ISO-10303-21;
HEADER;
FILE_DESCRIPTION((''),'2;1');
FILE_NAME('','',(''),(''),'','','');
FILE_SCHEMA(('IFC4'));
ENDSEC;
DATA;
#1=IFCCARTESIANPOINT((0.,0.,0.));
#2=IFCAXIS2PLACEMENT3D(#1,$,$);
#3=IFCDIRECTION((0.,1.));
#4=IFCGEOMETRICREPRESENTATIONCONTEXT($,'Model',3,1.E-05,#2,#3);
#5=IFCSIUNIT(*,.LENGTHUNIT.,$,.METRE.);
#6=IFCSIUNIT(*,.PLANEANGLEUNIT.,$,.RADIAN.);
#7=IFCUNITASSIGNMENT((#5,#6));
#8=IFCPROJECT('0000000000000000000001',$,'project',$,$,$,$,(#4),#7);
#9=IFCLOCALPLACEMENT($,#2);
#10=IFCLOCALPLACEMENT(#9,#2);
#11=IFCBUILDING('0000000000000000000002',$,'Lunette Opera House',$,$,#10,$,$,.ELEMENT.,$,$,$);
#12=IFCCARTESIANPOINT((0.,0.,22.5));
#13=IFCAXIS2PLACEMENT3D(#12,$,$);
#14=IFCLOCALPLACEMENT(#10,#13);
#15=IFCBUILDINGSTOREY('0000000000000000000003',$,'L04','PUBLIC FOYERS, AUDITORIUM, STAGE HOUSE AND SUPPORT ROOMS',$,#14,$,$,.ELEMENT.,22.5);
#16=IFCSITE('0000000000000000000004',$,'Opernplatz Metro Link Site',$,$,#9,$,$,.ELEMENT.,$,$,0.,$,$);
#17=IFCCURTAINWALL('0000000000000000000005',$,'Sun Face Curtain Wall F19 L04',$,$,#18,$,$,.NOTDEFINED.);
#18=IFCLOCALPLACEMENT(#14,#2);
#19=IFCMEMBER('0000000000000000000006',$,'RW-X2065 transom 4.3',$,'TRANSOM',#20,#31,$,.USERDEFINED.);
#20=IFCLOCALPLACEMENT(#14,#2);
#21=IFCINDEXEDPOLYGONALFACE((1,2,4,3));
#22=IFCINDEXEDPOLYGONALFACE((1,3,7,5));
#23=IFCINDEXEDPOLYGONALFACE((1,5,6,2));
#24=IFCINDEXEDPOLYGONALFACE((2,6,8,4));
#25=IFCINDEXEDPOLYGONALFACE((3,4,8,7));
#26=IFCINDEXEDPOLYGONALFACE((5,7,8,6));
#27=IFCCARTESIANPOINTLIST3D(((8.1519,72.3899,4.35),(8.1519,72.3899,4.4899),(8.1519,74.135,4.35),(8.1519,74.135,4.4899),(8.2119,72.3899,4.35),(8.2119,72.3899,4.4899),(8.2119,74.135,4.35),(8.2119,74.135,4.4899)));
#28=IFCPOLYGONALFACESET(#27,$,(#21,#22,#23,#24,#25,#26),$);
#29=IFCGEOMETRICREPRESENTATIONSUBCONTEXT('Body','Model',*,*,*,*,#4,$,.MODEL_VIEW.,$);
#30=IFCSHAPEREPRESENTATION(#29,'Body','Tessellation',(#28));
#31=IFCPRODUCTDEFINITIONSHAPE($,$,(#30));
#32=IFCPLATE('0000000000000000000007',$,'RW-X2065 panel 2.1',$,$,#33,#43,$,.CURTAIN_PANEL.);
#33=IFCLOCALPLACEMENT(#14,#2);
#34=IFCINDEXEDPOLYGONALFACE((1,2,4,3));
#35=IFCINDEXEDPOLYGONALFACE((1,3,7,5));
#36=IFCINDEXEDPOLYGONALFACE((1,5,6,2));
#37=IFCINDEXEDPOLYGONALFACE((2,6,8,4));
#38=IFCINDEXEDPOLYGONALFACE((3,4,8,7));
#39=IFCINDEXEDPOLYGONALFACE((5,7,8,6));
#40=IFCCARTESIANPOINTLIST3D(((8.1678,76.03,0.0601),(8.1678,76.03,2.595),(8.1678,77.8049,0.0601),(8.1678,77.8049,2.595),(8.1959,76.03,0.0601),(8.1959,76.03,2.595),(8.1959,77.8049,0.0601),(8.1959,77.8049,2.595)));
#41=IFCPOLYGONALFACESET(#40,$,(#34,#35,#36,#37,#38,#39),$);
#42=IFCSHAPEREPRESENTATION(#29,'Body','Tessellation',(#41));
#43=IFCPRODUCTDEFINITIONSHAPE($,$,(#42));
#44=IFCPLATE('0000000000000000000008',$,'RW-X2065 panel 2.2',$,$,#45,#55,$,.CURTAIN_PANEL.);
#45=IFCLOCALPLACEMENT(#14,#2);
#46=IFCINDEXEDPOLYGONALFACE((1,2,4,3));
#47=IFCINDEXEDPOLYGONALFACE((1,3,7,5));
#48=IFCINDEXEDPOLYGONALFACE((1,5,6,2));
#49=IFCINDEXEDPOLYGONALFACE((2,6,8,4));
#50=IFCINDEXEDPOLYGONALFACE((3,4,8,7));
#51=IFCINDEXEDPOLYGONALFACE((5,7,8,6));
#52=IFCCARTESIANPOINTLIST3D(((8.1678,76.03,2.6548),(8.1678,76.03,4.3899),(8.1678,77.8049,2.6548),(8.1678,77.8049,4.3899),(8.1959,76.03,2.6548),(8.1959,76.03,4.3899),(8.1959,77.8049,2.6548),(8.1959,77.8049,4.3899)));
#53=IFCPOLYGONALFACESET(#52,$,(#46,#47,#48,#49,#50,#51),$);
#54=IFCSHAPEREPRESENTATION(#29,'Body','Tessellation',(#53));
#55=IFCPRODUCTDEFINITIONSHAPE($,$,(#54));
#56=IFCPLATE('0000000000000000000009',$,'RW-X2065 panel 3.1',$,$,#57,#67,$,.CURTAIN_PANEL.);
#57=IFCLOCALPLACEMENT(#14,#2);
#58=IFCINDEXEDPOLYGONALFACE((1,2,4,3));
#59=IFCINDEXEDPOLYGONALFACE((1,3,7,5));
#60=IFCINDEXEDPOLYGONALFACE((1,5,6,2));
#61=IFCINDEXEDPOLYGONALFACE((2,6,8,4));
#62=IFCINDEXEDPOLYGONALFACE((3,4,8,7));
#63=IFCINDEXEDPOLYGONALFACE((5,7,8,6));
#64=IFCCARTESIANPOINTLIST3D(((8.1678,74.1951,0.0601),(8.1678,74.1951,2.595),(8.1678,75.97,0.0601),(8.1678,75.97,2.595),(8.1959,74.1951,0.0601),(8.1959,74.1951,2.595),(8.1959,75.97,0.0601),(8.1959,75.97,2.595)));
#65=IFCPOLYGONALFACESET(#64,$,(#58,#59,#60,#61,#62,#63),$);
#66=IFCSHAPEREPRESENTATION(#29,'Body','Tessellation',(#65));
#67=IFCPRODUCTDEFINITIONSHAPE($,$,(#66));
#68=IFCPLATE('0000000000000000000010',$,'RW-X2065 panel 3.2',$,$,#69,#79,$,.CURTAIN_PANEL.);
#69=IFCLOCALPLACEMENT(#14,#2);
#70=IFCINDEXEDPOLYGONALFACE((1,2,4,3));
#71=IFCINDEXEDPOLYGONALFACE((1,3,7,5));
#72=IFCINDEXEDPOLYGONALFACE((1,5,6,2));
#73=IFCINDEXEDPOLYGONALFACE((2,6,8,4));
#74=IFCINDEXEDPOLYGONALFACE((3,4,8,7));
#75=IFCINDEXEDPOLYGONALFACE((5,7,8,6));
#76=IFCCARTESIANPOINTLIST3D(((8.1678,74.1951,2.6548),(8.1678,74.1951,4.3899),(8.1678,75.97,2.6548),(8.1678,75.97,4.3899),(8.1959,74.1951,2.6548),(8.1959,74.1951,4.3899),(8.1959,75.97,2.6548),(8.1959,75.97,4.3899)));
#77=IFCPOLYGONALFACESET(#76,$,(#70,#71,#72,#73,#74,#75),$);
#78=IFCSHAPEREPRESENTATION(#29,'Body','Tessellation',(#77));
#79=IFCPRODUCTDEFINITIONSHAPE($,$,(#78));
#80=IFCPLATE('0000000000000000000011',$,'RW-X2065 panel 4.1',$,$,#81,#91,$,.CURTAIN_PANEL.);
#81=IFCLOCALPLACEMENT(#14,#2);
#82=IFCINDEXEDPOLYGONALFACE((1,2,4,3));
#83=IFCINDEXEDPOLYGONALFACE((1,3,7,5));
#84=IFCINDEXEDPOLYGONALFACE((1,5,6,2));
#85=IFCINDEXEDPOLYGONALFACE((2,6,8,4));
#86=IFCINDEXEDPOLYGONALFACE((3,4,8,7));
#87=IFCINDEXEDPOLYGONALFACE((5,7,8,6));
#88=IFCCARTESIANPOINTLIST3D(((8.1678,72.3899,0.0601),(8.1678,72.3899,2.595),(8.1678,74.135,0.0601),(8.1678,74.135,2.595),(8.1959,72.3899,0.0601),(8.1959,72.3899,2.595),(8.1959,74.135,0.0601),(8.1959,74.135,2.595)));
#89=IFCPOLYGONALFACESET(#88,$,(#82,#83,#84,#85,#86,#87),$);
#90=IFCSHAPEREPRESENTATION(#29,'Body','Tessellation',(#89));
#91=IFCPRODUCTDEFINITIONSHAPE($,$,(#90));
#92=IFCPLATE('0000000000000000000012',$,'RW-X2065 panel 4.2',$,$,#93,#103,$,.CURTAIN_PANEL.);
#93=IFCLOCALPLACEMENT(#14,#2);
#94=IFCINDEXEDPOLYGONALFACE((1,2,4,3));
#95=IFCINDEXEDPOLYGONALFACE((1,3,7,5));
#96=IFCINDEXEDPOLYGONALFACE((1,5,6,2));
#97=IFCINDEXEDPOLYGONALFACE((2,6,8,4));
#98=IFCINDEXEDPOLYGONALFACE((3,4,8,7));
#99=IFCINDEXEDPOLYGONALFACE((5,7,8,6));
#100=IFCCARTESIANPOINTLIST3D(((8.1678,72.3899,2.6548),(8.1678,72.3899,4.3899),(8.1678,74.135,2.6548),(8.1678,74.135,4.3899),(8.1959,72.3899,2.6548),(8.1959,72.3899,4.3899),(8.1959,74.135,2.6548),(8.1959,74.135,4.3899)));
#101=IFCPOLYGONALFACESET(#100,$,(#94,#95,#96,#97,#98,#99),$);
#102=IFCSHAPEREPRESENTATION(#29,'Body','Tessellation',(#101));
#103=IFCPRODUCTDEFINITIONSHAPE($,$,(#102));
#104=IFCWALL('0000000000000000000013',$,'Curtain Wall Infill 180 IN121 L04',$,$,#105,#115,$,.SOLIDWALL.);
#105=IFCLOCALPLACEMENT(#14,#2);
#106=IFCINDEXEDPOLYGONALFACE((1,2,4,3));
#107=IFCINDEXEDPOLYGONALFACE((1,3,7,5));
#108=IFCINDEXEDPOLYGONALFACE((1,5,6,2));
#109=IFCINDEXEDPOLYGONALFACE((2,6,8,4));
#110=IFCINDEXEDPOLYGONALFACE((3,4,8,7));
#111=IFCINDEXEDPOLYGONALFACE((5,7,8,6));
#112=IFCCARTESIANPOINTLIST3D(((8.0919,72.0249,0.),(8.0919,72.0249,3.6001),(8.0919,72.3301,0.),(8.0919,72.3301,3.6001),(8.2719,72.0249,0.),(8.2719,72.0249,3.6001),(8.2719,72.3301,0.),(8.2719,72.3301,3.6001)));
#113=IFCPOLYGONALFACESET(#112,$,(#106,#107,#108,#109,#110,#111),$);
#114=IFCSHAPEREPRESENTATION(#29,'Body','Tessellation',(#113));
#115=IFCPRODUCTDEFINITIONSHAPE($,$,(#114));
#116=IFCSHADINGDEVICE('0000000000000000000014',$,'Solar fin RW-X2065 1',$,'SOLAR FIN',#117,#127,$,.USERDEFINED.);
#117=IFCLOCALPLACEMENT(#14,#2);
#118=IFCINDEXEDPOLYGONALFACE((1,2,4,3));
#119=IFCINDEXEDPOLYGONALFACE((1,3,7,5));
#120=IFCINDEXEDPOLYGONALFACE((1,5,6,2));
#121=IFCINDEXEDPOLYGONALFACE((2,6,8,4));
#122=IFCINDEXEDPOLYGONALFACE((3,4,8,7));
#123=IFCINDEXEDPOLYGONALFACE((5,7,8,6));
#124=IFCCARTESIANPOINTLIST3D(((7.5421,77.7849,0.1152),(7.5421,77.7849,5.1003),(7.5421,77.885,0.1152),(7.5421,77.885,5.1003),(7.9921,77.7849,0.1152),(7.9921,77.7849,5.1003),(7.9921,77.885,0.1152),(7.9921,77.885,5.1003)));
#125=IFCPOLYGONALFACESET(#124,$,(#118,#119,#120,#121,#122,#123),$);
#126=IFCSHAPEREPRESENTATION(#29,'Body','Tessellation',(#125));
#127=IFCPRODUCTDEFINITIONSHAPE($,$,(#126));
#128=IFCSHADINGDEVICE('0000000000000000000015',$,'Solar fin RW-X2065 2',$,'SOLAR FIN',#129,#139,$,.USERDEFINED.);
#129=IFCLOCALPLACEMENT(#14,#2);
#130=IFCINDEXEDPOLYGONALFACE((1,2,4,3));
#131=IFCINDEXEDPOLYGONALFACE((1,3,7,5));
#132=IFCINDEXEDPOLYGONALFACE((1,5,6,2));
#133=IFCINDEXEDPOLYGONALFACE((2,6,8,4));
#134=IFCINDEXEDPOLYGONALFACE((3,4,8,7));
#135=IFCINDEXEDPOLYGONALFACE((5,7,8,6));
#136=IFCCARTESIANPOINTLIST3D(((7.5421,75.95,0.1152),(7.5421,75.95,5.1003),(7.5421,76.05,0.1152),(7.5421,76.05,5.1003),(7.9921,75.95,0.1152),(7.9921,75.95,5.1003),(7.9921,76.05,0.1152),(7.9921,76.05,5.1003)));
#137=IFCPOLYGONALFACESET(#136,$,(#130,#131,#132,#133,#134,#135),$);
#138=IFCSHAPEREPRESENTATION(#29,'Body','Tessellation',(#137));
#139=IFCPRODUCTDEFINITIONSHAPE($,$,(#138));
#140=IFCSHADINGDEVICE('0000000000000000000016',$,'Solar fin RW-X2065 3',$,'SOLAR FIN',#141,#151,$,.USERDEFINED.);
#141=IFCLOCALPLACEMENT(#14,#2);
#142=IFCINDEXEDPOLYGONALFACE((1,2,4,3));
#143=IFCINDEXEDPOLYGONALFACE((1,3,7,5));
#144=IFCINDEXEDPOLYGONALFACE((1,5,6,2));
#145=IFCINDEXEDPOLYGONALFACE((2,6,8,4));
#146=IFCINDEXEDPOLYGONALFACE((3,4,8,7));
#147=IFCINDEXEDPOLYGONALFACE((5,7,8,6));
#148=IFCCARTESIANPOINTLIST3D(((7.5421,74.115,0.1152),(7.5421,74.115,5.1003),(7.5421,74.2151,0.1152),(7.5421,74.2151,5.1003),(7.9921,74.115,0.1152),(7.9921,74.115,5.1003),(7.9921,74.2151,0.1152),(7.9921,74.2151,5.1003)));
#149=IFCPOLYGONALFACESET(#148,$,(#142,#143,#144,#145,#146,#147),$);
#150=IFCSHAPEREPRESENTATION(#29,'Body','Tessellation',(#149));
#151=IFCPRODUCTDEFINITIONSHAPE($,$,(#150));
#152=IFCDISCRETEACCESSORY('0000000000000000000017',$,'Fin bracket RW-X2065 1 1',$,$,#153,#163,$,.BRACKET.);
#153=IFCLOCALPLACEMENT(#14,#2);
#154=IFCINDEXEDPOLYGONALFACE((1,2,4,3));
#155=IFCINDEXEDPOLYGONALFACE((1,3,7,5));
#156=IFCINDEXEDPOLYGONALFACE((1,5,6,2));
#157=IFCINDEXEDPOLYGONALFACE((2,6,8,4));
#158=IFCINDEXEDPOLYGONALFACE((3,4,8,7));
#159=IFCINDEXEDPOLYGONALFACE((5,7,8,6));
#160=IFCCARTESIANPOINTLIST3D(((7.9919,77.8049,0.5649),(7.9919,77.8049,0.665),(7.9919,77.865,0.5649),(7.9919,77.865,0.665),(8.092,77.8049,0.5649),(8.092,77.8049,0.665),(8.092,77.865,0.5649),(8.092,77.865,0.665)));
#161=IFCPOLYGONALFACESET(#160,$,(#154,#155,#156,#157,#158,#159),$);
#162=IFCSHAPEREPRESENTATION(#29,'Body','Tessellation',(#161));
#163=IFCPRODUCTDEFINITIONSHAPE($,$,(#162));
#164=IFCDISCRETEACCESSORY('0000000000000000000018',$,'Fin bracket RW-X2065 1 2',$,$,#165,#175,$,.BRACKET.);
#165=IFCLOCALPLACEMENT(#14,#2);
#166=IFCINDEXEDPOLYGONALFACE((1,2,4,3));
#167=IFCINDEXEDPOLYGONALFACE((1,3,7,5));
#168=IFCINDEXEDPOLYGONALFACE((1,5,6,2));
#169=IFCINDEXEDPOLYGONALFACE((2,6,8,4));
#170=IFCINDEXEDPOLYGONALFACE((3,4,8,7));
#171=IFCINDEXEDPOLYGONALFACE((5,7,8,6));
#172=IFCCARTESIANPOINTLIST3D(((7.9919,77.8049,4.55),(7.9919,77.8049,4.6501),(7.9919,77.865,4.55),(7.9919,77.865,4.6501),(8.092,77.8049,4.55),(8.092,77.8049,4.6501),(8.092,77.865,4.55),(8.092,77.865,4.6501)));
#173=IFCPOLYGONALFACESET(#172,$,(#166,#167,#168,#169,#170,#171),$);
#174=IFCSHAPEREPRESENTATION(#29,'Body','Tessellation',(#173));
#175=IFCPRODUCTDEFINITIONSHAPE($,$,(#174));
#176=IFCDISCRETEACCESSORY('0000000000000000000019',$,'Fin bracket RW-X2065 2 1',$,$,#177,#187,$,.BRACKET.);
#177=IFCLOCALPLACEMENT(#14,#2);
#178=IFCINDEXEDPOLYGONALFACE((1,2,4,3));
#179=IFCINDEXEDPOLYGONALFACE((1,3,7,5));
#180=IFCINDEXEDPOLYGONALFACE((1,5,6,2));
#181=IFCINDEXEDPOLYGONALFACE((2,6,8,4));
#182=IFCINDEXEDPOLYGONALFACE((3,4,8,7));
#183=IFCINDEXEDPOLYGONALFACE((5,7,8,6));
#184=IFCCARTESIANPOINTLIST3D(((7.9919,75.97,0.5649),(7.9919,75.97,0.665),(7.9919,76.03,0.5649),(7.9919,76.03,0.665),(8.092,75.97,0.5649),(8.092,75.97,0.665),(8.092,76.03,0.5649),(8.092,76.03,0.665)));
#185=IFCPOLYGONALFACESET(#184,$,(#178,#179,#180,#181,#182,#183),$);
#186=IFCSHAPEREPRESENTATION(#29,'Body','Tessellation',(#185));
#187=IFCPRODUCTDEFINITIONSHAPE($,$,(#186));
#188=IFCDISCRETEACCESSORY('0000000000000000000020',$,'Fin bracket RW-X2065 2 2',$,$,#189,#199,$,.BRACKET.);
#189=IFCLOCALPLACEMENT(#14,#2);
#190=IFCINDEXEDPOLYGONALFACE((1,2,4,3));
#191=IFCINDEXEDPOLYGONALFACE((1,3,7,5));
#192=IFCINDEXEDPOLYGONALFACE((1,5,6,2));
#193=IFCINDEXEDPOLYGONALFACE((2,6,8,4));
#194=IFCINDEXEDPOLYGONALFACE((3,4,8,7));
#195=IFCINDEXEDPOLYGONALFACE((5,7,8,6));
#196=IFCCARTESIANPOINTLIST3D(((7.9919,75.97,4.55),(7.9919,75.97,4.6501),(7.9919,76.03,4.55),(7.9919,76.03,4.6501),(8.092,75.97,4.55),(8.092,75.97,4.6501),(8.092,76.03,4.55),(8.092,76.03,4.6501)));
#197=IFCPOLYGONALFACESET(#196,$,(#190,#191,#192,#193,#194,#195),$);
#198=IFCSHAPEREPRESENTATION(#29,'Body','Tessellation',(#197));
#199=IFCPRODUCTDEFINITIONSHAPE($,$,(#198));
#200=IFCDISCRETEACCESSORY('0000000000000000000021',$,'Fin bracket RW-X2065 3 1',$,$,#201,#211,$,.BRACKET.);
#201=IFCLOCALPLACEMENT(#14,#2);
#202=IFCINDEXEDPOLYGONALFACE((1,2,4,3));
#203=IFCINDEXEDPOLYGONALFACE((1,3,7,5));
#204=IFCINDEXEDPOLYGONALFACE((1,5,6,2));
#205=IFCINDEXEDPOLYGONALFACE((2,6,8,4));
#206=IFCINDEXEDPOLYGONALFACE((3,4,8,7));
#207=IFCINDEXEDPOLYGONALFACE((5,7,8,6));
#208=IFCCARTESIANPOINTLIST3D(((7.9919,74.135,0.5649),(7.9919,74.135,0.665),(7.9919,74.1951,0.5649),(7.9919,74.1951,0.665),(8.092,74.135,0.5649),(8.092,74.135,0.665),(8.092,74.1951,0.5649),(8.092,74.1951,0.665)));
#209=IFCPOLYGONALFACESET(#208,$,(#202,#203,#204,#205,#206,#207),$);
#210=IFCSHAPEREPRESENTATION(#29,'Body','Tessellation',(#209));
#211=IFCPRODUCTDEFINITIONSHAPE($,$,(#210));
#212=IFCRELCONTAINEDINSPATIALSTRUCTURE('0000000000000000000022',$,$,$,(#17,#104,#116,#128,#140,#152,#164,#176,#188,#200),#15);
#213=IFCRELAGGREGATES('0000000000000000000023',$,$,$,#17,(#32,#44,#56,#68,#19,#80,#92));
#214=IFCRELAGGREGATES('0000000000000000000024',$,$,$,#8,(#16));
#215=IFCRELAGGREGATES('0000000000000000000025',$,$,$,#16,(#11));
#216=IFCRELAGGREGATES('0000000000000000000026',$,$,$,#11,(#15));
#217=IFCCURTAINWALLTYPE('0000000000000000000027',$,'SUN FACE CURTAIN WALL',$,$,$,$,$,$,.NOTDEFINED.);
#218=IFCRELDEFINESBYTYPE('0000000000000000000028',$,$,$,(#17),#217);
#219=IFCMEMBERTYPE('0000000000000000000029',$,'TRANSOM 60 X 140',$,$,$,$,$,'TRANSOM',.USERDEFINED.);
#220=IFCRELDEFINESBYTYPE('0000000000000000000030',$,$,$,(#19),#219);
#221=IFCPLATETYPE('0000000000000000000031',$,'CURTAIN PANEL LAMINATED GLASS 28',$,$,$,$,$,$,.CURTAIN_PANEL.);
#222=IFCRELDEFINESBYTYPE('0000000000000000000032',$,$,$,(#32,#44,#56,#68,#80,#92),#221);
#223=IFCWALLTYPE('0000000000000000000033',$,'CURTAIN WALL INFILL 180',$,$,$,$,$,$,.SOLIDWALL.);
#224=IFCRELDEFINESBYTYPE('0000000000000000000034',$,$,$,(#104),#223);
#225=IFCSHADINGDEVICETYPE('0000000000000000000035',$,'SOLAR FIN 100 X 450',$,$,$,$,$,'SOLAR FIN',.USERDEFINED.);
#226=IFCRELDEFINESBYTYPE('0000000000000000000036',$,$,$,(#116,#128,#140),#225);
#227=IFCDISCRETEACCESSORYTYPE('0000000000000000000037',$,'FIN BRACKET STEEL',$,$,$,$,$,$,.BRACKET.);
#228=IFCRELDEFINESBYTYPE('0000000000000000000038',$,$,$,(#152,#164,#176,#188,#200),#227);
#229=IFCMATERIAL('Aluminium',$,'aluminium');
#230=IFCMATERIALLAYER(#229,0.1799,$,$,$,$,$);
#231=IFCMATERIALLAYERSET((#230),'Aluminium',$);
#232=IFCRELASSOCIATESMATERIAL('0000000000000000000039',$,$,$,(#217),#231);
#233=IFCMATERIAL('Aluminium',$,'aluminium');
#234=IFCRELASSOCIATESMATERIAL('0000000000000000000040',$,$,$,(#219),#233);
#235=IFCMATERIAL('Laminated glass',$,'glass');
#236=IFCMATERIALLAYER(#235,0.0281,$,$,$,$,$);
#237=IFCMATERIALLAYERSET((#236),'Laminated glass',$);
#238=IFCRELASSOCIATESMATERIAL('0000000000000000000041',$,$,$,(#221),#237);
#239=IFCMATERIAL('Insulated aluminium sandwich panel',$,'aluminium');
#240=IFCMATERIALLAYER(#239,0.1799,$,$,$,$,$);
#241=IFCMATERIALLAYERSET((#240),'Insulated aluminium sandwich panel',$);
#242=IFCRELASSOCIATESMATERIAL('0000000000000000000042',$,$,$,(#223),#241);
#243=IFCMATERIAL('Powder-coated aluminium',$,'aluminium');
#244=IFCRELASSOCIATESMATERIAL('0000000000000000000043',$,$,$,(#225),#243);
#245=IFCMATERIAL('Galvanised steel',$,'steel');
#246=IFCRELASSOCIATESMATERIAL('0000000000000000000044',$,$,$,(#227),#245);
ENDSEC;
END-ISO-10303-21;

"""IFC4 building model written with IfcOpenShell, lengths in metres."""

from ifc_helpers import new_model, si_unit, direction, frame, frame_2d, origin, origin_2d, place, context, subcontext, project, spatial, rectangle, extrude, material, layer, layer_set, material_profile, profile_set, type_object, element, aggregate, save


model = new_model("IFC4")

# Units and contexts
model_context = context("Model", 3, precision=1e-05, world=origin(), true_north=direction((0.0, 1.0)))
body_context = subcontext(model_context, "Body", "Model", "MODEL_VIEW")
ifc_project = project(units=[si_unit("LENGTHUNIT", "METRE"), si_unit("PLANEANGLEUNIT", "RADIAN")], contexts=[model_context])

# Site, building, storey
site_placement = place(None, origin())
site = spatial("IfcSite", under=ifc_project, at=site_placement, Name="Opernplatz Metro Link Site", CompositionType="ELEMENT", RefElevation=0.0)
building_placement = place(site_placement, origin())
building = spatial("IfcBuilding", under=site, at=building_placement, Name="Lunette Opera House", CompositionType="ELEMENT")
storey_placement = place(building_placement, frame((0.0, 0.0, 22.5)))
storey = spatial("IfcBuildingStorey", under=building, at=storey_placement, Name="L04", Description="PUBLIC FOYERS, AUDITORIUM, STAGE HOUSE AND SUPPORT ROOMS", CompositionType="ELEMENT", Elevation=22.5)

# Curtain wall
ifc_material_1 = material(Name="Aluminium", Category="aluminium")
ifc_layer_1 = layer(ifc_material_1, 0.1799)
ifc_layer_set_1 = layer_set([ifc_layer_1], Name="Aluminium")
curtain_wall_type = type_object("IfcCurtainWallType", Name="SUN FACE CURTAIN WALL", PredefinedType="NOTDEFINED", material=ifc_layer_set_1)
curtain_wall_placement = place(storey_placement, origin())
curtain_wall = element("IfcCurtainWall", 1, at=curtain_wall_placement, inside=storey, type_object=curtain_wall_type, Name="Sun Face Curtain Wall F19 L04", PredefinedType="NOTDEFINED")

# Member
ifc_material_2 = material(Name="Aluminium", Category="aluminium")
ifc_material_profile_1 = material_profile(ifc_material_2, rectangle(XDim=0.0601, YDim=0.1399, at=origin_2d()), Name="TRANSOM 60 X 140")
ifc_profile_set_1 = profile_set([ifc_material_profile_1], Name="Aluminium")
member_type_1 = type_object("IfcMemberType", Name="TRANSOM 60 X 140", ElementType="TRANSOM", PredefinedType="USERDEFINED", material=ifc_profile_set_1)
member_1_placement = place(storey_placement, frame((8.1819, 74.135, 4.4199), z_axis=(0.0, -1.0, 0.0), x_axis=(1.0, 0.0, 0.0)))
member_1 = element("IfcMember", 2, at=member_1_placement, type_object=member_type_1, Name="RW-X2065 transom 4.3", ObjectType="TRANSOM", PredefinedType="USERDEFINED", context=body_context, shape_type="SweptSolid", body=[
    extrude(rectangle(XDim=0.0601, YDim=0.1399, at=origin_2d()), origin(), (0.0, 0.0, 1.0), 1.7451),
])

# Plates
ifc_material_3 = material(Name="Laminated glass", Category="glass")
ifc_layer_2 = layer(ifc_material_3, 0.0281)
ifc_layer_set_2 = layer_set([ifc_layer_2], Name="Laminated glass")
plate_type = type_object("IfcPlateType", Name="CURTAIN PANEL LAMINATED GLASS 28", PredefinedType="CURTAIN_PANEL", material=ifc_layer_set_2)
plate_1_placement = place(storey_placement, frame((8.1819, 76.9175, 0.0601), z_axis=(0.0, 0.0, 1.0), x_axis=(0.0, -1.0, 0.0)))
plate_1 = element("IfcPlate", 3, at=plate_1_placement, type_object=plate_type, Name="RW-X2065 panel 2.1", PredefinedType="CURTAIN_PANEL", context=body_context, shape_type="SweptSolid", body=[
    extrude(rectangle(XDim=1.7749, YDim=0.0281, at=origin_2d()), origin(), (0.0, 0.0, 1.0), 2.5349),
])
plate_2_placement = place(storey_placement, frame((8.1819, 76.9175, 2.6548), z_axis=(0.0, 0.0, 1.0), x_axis=(0.0, -1.0, 0.0)))
plate_2 = element("IfcPlate", 4, at=plate_2_placement, type_object=plate_type, Name="RW-X2065 panel 2.2", PredefinedType="CURTAIN_PANEL", context=body_context, shape_type="SweptSolid", body=[
    extrude(rectangle(XDim=1.7749, YDim=0.0281, at=origin_2d()), origin(), (0.0, 0.0, 1.0), 1.7351),
])
plate_3_placement = place(storey_placement, frame((8.1819, 75.0825, 0.0601), z_axis=(0.0, 0.0, 1.0), x_axis=(0.0, -1.0, 0.0)))
plate_3 = element("IfcPlate", 5, at=plate_3_placement, type_object=plate_type, Name="RW-X2065 panel 3.1", PredefinedType="CURTAIN_PANEL", context=body_context, shape_type="SweptSolid", body=[
    extrude(rectangle(XDim=1.7749, YDim=0.0281, at=origin_2d()), origin(), (0.0, 0.0, 1.0), 2.5349),
])
plate_4_placement = place(storey_placement, frame((8.1819, 75.0825, 2.6548), z_axis=(0.0, 0.0, 1.0), x_axis=(0.0, -1.0, 0.0)))
plate_4 = element("IfcPlate", 6, at=plate_4_placement, type_object=plate_type, Name="RW-X2065 panel 3.2", PredefinedType="CURTAIN_PANEL", context=body_context, shape_type="SweptSolid", body=[
    extrude(rectangle(XDim=1.7749, YDim=0.0281, at=origin_2d()), origin(), (0.0, 0.0, 1.0), 1.7351),
])
plate_5_placement = place(storey_placement, frame((8.1819, 73.2625, 0.0601), z_axis=(0.0, 0.0, 1.0), x_axis=(0.0, -1.0, 0.0)))
plate_5 = element("IfcPlate", 7, at=plate_5_placement, type_object=plate_type, Name="RW-X2065 panel 4.1", PredefinedType="CURTAIN_PANEL", context=body_context, shape_type="SweptSolid", body=[
    extrude(rectangle(XDim=1.7451, YDim=0.0281, at=origin_2d()), origin(), (0.0, 0.0, 1.0), 2.5349),
])
plate_6_placement = place(storey_placement, frame((8.1819, 73.2625, 2.6548), z_axis=(0.0, 0.0, 1.0), x_axis=(0.0, -1.0, 0.0)))
plate_6 = element("IfcPlate", 8, at=plate_6_placement, type_object=plate_type, Name="RW-X2065 panel 4.2", PredefinedType="CURTAIN_PANEL", context=body_context, shape_type="SweptSolid", body=[
    extrude(rectangle(XDim=1.7451, YDim=0.0281, at=origin_2d()), origin(), (0.0, 0.0, 1.0), 1.7351),
])
aggregate(curtain_wall, [plate_1, plate_2, plate_3, plate_4, member_1, plate_5, plate_6])

# Wall
ifc_material_4 = material(Name="Insulated aluminium sandwich panel", Category="aluminium")
ifc_layer_3 = layer(ifc_material_4, 0.1799)
ifc_layer_set_3 = layer_set([ifc_layer_3], Name="Insulated aluminium sandwich panel")
wall_type = type_object("IfcWallType", Name="CURTAIN WALL INFILL 180", PredefinedType="SOLIDWALL", material=ifc_layer_set_3)
wall_placement = place(storey_placement, frame((8.1819, 72.3301, 0.0), z_axis=(0.0, 0.0, 1.0), x_axis=(0.0, -1.0, 0.0)))
element("IfcWall", 9, at=wall_placement, inside=storey, type_object=wall_type, Name="Curtain Wall Infill 180 IN121 L04", PredefinedType="SOLIDWALL", context=body_context, shape_type="SweptSolid", body=[
    extrude(rectangle(XDim=0.3052, YDim=0.1799, at=frame_2d((0.1526, 0.0))), origin(), (0.0, 0.0, 1.0), 3.6001),
])

# Shading devices
ifc_material_5 = material(Name="Powder-coated aluminium", Category="aluminium")
shading_device_type = type_object("IfcShadingDeviceType", Name="SOLAR FIN 100 X 450", ElementType="SOLAR FIN", PredefinedType="USERDEFINED", material=ifc_material_5)
for number, where, z_axis, x_axis, name in (
    (10, (7.7671, 77.835, 0.1152), (0.0, 0.0, 1.0), (-1.0, 0.0, 0.0), "Solar fin RW-X2065 1"),
    (11, (7.7671, 76.0, 0.1152), (0.0, 0.0, 1.0), (-1.0, 0.0, 0.0), "Solar fin RW-X2065 2"),
    (12, (7.7671, 74.165, 0.1152), (0.0, 0.0, 1.0), (-1.0, 0.0, 0.0), "Solar fin RW-X2065 3"),
):
    element("IfcShadingDevice", number, at=place(storey_placement, frame(where, z_axis=z_axis, x_axis=x_axis)), inside=storey, type_object=shading_device_type, Name=name, ObjectType="SOLAR FIN", PredefinedType="USERDEFINED", context=body_context, shape_type="SweptSolid", body=[
        extrude(rectangle(XDim=0.45, YDim=0.1001, at=origin_2d()), origin(), (0.0, 0.0, 1.0), 4.9851),
    ])

# Discrete accessories
ifc_material_6 = material(Name="Galvanised steel", Category="steel")
discrete_accessory_type = type_object("IfcDiscreteAccessoryType", Name="FIN BRACKET STEEL", PredefinedType="BRACKET", material=ifc_material_6)
for number, where, z_axis, x_axis, name in (
    (13, (8.042, 77.835, 0.5649), (0.0, 0.0, 1.0), (-1.0, 0.0, 0.0), "Fin bracket RW-X2065 1 1"),
    (14, (8.042, 77.835, 4.55), (0.0, 0.0, 1.0), (-1.0, 0.0, 0.0), "Fin bracket RW-X2065 1 2"),
    (15, (8.042, 76.0, 0.5649), (0.0, 0.0, 1.0), (-1.0, 0.0, 0.0), "Fin bracket RW-X2065 2 1"),
    (16, (8.042, 76.0, 4.55), (0.0, 0.0, 1.0), (-1.0, 0.0, 0.0), "Fin bracket RW-X2065 2 2"),
    (17, (8.042, 74.165, 0.5649), (0.0, 0.0, 1.0), (-1.0, 0.0, 0.0), "Fin bracket RW-X2065 3 1"),
):
    element("IfcDiscreteAccessory", number, at=place(storey_placement, frame(where, z_axis=z_axis, x_axis=x_axis)), inside=storey, type_object=discrete_accessory_type, Name=name, PredefinedType="BRACKET", context=body_context, shape_type="SweptSolid", body=[
        extrude(rectangle(XDim=0.1001, YDim=0.0601, at=origin_2d()), origin(), (0.0, 0.0, 1.0), 0.1001),
    ])

save(model, "model.ifc")
